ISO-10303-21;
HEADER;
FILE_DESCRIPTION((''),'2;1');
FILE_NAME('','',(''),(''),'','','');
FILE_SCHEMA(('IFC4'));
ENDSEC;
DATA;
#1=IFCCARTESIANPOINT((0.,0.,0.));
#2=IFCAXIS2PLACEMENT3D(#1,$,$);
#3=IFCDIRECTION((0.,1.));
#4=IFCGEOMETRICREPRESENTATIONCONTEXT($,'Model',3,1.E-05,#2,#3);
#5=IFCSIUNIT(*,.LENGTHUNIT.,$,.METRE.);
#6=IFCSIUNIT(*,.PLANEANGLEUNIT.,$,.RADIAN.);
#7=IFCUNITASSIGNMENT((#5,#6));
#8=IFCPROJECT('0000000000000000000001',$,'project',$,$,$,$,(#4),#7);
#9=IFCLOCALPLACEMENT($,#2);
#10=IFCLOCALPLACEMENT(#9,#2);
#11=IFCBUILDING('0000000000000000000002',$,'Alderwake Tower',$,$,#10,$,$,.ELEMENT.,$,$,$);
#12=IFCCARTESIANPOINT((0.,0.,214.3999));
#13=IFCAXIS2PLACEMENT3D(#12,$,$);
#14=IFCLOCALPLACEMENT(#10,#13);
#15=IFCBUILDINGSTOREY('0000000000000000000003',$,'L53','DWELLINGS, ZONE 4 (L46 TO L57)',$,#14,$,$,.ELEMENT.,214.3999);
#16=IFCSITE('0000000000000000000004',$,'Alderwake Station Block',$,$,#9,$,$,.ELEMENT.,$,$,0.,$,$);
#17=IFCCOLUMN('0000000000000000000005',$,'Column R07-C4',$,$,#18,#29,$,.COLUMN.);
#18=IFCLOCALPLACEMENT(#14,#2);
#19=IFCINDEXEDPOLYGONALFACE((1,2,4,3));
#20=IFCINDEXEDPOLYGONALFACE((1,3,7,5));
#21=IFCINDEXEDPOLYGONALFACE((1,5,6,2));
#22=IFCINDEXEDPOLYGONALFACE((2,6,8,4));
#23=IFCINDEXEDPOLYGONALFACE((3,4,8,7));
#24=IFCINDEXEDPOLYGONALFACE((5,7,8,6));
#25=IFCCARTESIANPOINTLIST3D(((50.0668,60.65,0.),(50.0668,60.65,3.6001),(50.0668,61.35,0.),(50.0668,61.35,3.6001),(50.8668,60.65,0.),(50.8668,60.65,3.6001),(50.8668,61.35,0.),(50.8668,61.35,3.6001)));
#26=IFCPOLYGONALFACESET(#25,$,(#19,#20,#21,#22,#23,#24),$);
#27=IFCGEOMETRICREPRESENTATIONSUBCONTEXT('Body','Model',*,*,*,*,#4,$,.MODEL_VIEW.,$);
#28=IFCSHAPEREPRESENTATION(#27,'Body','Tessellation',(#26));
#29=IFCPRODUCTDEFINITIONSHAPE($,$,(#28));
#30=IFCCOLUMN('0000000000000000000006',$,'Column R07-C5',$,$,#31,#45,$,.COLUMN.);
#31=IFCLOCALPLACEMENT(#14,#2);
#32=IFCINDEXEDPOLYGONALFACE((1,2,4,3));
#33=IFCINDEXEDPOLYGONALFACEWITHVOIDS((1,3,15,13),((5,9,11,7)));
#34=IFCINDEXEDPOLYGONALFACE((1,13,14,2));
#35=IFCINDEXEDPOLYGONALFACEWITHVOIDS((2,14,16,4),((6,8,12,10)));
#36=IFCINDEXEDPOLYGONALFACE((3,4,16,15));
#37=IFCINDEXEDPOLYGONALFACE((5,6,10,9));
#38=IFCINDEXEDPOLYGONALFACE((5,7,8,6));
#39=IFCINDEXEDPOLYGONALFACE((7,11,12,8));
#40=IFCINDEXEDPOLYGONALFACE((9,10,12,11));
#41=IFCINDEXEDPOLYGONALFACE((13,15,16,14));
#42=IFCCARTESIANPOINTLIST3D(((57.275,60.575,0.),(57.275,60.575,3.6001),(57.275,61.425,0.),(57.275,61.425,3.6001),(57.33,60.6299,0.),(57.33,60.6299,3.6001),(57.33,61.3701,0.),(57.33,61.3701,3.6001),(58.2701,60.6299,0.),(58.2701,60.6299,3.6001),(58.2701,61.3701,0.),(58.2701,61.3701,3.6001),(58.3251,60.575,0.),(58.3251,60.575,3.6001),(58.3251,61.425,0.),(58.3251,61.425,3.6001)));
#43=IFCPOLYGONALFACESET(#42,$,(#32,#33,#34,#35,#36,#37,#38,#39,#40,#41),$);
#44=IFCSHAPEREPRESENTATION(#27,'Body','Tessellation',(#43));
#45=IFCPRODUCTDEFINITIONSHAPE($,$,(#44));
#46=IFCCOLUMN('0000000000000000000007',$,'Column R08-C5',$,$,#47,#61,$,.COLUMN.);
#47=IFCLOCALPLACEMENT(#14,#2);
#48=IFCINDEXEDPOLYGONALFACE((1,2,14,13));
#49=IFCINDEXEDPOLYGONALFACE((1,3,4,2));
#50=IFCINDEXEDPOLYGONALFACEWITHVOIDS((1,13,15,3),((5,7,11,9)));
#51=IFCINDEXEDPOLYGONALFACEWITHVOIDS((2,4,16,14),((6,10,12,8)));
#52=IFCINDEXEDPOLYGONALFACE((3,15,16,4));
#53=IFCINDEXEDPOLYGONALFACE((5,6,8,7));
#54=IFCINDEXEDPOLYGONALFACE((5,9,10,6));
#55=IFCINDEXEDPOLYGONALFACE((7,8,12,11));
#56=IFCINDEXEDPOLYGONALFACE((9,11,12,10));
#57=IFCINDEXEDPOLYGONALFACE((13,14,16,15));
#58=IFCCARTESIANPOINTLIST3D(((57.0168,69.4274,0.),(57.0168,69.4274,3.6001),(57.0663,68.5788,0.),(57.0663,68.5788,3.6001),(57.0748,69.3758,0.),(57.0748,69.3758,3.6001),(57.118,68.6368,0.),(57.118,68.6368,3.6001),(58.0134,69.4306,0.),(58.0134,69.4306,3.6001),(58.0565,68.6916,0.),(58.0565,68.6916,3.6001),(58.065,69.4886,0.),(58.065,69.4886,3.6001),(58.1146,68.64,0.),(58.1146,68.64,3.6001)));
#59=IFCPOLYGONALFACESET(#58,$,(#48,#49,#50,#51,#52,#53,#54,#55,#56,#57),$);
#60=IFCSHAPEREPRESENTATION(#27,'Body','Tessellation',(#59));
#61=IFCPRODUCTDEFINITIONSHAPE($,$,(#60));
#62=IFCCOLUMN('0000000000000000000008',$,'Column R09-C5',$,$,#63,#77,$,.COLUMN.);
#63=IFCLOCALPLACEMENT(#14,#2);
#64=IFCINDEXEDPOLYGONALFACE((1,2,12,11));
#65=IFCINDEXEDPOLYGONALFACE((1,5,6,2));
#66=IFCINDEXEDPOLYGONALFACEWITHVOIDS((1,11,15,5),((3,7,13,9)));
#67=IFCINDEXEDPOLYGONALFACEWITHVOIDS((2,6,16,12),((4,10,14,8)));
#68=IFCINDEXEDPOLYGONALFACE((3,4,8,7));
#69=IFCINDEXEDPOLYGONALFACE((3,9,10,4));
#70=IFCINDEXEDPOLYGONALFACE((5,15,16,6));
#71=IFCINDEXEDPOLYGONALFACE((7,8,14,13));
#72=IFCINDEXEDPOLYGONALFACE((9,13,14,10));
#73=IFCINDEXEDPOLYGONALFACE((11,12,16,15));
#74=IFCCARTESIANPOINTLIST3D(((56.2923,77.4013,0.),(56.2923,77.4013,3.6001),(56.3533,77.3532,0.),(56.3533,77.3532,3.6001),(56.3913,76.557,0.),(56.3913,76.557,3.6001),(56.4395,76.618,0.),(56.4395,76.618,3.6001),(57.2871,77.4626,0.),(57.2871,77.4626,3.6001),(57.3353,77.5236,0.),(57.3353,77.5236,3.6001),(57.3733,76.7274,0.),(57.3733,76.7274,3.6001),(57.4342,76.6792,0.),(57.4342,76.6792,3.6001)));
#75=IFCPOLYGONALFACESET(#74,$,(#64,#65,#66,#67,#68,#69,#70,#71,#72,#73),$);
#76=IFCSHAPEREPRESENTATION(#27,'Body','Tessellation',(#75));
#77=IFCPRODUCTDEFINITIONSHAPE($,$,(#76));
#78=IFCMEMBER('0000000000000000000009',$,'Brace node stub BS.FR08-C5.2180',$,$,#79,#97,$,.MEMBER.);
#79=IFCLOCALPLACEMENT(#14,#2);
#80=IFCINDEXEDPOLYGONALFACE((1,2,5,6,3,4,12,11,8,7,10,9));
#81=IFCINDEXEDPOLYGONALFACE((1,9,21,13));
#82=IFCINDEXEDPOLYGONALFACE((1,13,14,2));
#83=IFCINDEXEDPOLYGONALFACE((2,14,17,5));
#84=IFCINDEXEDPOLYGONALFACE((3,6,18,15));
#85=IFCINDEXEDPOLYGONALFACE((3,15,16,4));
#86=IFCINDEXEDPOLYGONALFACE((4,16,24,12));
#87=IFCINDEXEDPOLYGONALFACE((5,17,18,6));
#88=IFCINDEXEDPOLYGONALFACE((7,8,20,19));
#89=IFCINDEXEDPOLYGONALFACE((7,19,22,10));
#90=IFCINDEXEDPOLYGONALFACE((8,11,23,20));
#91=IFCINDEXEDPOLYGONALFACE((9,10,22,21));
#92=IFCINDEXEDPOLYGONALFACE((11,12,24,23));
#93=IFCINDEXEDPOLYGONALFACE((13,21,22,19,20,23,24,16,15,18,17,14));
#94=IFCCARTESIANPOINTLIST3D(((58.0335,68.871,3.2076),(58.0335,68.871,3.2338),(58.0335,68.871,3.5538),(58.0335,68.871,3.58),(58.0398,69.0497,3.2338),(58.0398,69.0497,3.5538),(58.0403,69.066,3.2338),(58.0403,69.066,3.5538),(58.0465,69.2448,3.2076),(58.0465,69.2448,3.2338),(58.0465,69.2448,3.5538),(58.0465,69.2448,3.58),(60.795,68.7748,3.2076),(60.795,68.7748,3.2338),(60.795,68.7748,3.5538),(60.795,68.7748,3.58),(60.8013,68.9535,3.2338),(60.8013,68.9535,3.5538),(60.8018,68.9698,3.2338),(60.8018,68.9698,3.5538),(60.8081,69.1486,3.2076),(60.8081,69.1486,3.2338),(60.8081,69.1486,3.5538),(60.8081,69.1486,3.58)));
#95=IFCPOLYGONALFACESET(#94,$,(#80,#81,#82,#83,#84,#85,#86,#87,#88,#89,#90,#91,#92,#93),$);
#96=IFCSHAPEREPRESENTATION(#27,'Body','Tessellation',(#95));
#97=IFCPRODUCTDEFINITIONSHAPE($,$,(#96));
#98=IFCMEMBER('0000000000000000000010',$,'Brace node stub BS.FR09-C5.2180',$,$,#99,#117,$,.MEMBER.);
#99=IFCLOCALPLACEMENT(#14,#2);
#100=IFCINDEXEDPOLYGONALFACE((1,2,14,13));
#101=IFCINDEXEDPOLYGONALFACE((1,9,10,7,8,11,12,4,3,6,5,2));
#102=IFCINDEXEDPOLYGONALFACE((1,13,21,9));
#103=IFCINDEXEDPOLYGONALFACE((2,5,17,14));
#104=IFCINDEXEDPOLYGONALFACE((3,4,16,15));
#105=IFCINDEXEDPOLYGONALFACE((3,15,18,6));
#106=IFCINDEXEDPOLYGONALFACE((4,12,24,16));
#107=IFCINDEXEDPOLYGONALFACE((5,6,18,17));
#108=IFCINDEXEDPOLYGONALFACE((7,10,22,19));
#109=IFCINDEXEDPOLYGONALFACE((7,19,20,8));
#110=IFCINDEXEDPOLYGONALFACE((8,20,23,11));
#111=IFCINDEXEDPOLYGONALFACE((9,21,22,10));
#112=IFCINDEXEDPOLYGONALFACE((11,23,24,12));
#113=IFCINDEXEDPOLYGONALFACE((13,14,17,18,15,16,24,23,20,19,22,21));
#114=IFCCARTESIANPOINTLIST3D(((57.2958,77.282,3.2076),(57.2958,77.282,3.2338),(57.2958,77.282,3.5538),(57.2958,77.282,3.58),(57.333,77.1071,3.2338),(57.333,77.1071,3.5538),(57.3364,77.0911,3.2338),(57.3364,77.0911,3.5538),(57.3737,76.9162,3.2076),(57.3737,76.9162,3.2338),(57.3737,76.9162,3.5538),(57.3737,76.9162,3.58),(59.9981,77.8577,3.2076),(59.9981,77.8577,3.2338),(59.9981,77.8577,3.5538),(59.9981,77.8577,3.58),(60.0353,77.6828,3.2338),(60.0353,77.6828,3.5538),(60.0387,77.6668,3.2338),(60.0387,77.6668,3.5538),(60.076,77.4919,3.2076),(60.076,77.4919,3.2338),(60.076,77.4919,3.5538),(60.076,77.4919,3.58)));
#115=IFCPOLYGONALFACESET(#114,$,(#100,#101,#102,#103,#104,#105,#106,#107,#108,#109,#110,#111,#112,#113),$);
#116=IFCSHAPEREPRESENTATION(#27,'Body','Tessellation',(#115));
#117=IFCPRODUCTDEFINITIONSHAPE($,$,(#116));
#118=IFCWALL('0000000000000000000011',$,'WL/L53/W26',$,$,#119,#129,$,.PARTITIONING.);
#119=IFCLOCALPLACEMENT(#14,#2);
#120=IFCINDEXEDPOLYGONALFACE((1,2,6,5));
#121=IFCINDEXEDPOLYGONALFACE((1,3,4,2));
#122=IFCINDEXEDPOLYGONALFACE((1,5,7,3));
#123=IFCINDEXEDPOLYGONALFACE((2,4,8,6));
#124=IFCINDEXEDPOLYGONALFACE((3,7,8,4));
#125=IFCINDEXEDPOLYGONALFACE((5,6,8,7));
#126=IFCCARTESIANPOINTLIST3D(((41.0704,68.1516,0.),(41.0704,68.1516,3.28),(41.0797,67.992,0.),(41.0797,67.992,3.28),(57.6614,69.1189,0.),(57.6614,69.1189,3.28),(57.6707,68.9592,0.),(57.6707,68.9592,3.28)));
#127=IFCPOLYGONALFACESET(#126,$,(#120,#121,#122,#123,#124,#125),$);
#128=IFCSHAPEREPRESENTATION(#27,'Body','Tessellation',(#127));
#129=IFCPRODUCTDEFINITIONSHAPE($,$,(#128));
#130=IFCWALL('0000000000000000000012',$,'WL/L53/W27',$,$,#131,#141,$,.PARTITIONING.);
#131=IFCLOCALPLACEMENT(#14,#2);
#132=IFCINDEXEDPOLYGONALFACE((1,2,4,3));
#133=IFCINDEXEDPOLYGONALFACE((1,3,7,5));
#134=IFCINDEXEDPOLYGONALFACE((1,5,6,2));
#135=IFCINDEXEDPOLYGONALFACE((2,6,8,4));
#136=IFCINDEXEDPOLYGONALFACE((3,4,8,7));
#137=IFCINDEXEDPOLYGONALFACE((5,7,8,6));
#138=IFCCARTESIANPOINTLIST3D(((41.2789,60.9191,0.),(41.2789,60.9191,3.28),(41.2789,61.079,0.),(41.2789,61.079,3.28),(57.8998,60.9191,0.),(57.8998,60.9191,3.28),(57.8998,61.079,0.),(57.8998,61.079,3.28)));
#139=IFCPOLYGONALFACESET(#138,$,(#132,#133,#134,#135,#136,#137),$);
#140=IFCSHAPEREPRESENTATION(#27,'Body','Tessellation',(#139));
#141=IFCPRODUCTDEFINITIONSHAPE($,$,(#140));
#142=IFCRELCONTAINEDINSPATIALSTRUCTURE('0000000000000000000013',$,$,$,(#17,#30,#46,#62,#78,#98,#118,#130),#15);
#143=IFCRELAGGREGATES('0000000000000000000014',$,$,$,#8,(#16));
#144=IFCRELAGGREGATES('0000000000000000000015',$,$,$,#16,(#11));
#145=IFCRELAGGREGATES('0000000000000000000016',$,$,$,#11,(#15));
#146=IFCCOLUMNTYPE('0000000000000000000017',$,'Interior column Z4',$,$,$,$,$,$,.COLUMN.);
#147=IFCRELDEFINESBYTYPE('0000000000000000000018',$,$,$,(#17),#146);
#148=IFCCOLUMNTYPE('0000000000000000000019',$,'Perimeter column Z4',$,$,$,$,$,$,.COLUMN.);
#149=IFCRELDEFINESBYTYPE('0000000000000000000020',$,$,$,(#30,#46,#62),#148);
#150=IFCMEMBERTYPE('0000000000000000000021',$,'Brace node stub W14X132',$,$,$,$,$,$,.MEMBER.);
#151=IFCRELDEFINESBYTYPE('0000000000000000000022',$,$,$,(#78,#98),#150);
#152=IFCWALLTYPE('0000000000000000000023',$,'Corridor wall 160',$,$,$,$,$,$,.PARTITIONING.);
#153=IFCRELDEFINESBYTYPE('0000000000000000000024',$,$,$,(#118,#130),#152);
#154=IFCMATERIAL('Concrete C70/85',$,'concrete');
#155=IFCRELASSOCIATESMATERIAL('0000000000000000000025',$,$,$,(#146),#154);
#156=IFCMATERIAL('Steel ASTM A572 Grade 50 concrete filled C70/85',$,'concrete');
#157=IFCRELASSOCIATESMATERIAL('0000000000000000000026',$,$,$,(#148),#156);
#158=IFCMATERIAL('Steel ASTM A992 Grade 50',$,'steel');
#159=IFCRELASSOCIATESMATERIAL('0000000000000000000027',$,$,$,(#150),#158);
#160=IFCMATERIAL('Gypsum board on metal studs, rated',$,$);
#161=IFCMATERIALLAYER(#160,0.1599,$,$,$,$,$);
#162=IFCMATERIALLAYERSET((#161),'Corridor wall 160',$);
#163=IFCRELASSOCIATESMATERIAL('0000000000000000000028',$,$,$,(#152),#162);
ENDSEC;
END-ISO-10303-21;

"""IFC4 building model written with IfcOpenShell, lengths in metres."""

from ifc_helpers import new_model, si_unit, direction, frame, frame_2d, origin, origin_2d, place, context, subcontext, project, spatial, rectangle, hollow_rectangle, i_section, extrude, material, layer, layer_set, material_profile, profile_set, type_object, element, save


model = new_model("IFC4")

# Units and contexts
model_context = context("Model", 3, precision=1e-05, world=origin(), true_north=direction((0.0, 1.0)))
body_context = subcontext(model_context, "Body", "Model", "MODEL_VIEW")
ifc_project = project(units=[si_unit("LENGTHUNIT", "METRE"), si_unit("PLANEANGLEUNIT", "RADIAN")], contexts=[model_context])

# Site, building, storey
site_placement = place(None, origin())
site = spatial("IfcSite", under=ifc_project, at=site_placement, Name="Alderwake Station Block", CompositionType="ELEMENT", RefElevation=0.0)
building_placement = place(site_placement, origin())
building = spatial("IfcBuilding", under=site, at=building_placement, Name="Alderwake Tower", CompositionType="ELEMENT")
storey_placement = place(building_placement, frame((0.0, 0.0, 214.3999)))
storey = spatial("IfcBuildingStorey", under=building, at=storey_placement, Name="L53", Description="DWELLINGS, ZONE 4 (L46 TO L57)", CompositionType="ELEMENT", Elevation=214.3999)

# Columns
ifc_material_1 = material(Name="Concrete C70/85", Category="concrete")
ifc_material_profile_1 = material_profile(ifc_material_1, rectangle(XDim=0.7, YDim=0.8, at=origin_2d()), Name="RC 800X700")
ifc_profile_set_1 = profile_set([ifc_material_profile_1], Name="Concrete C70/85")
column_type_1 = type_object("IfcColumnType", Name="Interior column Z4", PredefinedType="COLUMN", material=ifc_profile_set_1)
column_placement = place(storey_placement, frame((50.4668, 61.0, 0.0), z_axis=(0.0, 0.0, 1.0), x_axis=(0.0, 1.0, 0.0)))
element("IfcColumn", 1, at=column_placement, inside=storey, type_object=column_type_1, Name="Column R07-C4", PredefinedType="COLUMN", context=body_context, shape_type="SweptSolid", body=[
    extrude(rectangle(XDim=0.7, YDim=0.8, at=origin_2d()), origin(), (0.0, 0.0, 1.0), 3.6001),
])
ifc_material_2 = material(Name="Steel ASTM A572 Grade 50 concrete filled C70/85", Category="concrete")
ifc_material_profile_2 = material_profile(ifc_material_2, hollow_rectangle(XDim=0.8501, YDim=1.05, WallThickness=0.0549, at=origin_2d()), Name="BOX 1050X850X55")
ifc_profile_set_2 = profile_set([ifc_material_profile_2], Name="Steel ASTM A572 Grade 50 concrete filled C70/85")
column_type_2 = type_object("IfcColumnType", Name="Perimeter column Z4", PredefinedType="COLUMN", material=ifc_profile_set_2)
for number, where, z_axis, x_axis, name in (
    (2, (57.8, 61.0, 0.0), (0.0, 0.0, 1.0), (0.0, 1.0, 0.0), "Column R07-C5"),
    (3, (57.5657, 69.0337, 0.0), (0.0, 0.0, 1.0), (-0.058301, 0.998299, 0.0), "Column R08-C5"),
    (4, (56.8633, 77.0403, 0.0), (0.0, 0.0, 1.0), (-0.116402, 0.993202, 0.0), "Column R09-C5"),
):
    element("IfcColumn", number, at=place(storey_placement, frame(where, z_axis=z_axis, x_axis=x_axis)), inside=storey, type_object=column_type_2, Name=name, PredefinedType="COLUMN", context=body_context, shape_type="SweptSolid", body=[
        extrude(hollow_rectangle(XDim=0.8501, YDim=1.05, WallThickness=0.0549, at=origin_2d()), origin(), (0.0, 0.0, 1.0), 3.6001),
    ])

# Members
ifc_material_3 = material(Name="Steel ASTM A992 Grade 50", Category="steel")
ifc_material_profile_3 = material_profile(ifc_material_3, i_section(OverallWidth=0.374, OverallDepth=0.3723, WebThickness=0.0164, FlangeThickness=0.0261, at=origin_2d()), Name="W14X132")
ifc_profile_set_3 = profile_set([ifc_material_profile_3], Name="Steel ASTM A992 Grade 50")
member_type = type_object("IfcMemberType", Name="Brace node stub W14X132", PredefinedType="MEMBER", material=ifc_profile_set_3)
member_1_placement = place(storey_placement, frame((58.04, 69.0579, 3.3938), z_axis=(0.999394, -0.034812, 0.0), x_axis=(0.034812, 0.999394, 0.0)))
element("IfcMember", 5, at=member_1_placement, inside=storey, type_object=member_type, Name="Brace node stub BS.FR08-C5.2180", PredefinedType="MEMBER", context=body_context, shape_type="SweptSolid", body=[
    extrude(i_section(OverallWidth=0.374, OverallDepth=0.3723, WebThickness=0.0164, FlangeThickness=0.0261, at=origin_2d()), origin(), (0.0, 0.0, 1.0), 2.7632),
])
member_2_placement = place(storey_placement, frame((57.3347, 77.0991, 3.3938), z_axis=(0.978054, 0.208352, 0.0), x_axis=(-0.208352, 0.978054, 0.0)))
element("IfcMember", 6, at=member_2_placement, inside=storey, type_object=member_type, Name="Brace node stub BS.FR09-C5.2180", PredefinedType="MEMBER", context=body_context, shape_type="SweptSolid", body=[
    extrude(i_section(OverallWidth=0.374, OverallDepth=0.3723, WebThickness=0.0164, FlangeThickness=0.0261, at=origin_2d()), origin(), (0.0, 0.0, 1.0), 2.7629),
])

# Walls
ifc_material_4 = material(Name="Gypsum board on metal studs, rated")
ifc_layer_1 = layer(ifc_material_4, 0.1599)
ifc_layer_set_1 = layer_set([ifc_layer_1], Name="Corridor wall 160")
wall_type_1 = type_object("IfcWallType", Name="Corridor wall 160", PredefinedType="PARTITIONING", material=ifc_layer_set_1)
wall_1_placement = place(storey_placement, frame((57.666, 69.0391, 0.0), z_axis=(0.0, 0.0, 1.0), x_axis=(-0.998305, -0.058203, 0.0)))
element("IfcWall", 7, at=wall_1_placement, inside=storey, type_object=wall_type_1, Name="WL/L53/W26", PredefinedType="PARTITIONING", context=body_context, shape_type="SweptSolid", body=[
    extrude(rectangle(XDim=16.6191, YDim=0.1599, at=frame_2d((8.3096, 0.0))), origin(), (0.0, 0.0, 1.0), 3.28),
])
wall_2_placement = place(storey_placement, frame((57.8999, 60.999, 0.0), z_axis=(0.0, 0.0, 1.0), x_axis=(-1.0, 0.0, 0.0)))
element("IfcWall", 8, at=wall_2_placement, inside=storey, type_object=wall_type_1, Name="WL/L53/W27", PredefinedType="PARTITIONING", context=body_context, shape_type="SweptSolid", body=[
    extrude(rectangle(XDim=16.6208, YDim=0.1599, at=frame_2d((8.3105, 0.0))), origin(), (0.0, 0.0, 1.0), 3.28),
])

save(model, "model.ifc")
